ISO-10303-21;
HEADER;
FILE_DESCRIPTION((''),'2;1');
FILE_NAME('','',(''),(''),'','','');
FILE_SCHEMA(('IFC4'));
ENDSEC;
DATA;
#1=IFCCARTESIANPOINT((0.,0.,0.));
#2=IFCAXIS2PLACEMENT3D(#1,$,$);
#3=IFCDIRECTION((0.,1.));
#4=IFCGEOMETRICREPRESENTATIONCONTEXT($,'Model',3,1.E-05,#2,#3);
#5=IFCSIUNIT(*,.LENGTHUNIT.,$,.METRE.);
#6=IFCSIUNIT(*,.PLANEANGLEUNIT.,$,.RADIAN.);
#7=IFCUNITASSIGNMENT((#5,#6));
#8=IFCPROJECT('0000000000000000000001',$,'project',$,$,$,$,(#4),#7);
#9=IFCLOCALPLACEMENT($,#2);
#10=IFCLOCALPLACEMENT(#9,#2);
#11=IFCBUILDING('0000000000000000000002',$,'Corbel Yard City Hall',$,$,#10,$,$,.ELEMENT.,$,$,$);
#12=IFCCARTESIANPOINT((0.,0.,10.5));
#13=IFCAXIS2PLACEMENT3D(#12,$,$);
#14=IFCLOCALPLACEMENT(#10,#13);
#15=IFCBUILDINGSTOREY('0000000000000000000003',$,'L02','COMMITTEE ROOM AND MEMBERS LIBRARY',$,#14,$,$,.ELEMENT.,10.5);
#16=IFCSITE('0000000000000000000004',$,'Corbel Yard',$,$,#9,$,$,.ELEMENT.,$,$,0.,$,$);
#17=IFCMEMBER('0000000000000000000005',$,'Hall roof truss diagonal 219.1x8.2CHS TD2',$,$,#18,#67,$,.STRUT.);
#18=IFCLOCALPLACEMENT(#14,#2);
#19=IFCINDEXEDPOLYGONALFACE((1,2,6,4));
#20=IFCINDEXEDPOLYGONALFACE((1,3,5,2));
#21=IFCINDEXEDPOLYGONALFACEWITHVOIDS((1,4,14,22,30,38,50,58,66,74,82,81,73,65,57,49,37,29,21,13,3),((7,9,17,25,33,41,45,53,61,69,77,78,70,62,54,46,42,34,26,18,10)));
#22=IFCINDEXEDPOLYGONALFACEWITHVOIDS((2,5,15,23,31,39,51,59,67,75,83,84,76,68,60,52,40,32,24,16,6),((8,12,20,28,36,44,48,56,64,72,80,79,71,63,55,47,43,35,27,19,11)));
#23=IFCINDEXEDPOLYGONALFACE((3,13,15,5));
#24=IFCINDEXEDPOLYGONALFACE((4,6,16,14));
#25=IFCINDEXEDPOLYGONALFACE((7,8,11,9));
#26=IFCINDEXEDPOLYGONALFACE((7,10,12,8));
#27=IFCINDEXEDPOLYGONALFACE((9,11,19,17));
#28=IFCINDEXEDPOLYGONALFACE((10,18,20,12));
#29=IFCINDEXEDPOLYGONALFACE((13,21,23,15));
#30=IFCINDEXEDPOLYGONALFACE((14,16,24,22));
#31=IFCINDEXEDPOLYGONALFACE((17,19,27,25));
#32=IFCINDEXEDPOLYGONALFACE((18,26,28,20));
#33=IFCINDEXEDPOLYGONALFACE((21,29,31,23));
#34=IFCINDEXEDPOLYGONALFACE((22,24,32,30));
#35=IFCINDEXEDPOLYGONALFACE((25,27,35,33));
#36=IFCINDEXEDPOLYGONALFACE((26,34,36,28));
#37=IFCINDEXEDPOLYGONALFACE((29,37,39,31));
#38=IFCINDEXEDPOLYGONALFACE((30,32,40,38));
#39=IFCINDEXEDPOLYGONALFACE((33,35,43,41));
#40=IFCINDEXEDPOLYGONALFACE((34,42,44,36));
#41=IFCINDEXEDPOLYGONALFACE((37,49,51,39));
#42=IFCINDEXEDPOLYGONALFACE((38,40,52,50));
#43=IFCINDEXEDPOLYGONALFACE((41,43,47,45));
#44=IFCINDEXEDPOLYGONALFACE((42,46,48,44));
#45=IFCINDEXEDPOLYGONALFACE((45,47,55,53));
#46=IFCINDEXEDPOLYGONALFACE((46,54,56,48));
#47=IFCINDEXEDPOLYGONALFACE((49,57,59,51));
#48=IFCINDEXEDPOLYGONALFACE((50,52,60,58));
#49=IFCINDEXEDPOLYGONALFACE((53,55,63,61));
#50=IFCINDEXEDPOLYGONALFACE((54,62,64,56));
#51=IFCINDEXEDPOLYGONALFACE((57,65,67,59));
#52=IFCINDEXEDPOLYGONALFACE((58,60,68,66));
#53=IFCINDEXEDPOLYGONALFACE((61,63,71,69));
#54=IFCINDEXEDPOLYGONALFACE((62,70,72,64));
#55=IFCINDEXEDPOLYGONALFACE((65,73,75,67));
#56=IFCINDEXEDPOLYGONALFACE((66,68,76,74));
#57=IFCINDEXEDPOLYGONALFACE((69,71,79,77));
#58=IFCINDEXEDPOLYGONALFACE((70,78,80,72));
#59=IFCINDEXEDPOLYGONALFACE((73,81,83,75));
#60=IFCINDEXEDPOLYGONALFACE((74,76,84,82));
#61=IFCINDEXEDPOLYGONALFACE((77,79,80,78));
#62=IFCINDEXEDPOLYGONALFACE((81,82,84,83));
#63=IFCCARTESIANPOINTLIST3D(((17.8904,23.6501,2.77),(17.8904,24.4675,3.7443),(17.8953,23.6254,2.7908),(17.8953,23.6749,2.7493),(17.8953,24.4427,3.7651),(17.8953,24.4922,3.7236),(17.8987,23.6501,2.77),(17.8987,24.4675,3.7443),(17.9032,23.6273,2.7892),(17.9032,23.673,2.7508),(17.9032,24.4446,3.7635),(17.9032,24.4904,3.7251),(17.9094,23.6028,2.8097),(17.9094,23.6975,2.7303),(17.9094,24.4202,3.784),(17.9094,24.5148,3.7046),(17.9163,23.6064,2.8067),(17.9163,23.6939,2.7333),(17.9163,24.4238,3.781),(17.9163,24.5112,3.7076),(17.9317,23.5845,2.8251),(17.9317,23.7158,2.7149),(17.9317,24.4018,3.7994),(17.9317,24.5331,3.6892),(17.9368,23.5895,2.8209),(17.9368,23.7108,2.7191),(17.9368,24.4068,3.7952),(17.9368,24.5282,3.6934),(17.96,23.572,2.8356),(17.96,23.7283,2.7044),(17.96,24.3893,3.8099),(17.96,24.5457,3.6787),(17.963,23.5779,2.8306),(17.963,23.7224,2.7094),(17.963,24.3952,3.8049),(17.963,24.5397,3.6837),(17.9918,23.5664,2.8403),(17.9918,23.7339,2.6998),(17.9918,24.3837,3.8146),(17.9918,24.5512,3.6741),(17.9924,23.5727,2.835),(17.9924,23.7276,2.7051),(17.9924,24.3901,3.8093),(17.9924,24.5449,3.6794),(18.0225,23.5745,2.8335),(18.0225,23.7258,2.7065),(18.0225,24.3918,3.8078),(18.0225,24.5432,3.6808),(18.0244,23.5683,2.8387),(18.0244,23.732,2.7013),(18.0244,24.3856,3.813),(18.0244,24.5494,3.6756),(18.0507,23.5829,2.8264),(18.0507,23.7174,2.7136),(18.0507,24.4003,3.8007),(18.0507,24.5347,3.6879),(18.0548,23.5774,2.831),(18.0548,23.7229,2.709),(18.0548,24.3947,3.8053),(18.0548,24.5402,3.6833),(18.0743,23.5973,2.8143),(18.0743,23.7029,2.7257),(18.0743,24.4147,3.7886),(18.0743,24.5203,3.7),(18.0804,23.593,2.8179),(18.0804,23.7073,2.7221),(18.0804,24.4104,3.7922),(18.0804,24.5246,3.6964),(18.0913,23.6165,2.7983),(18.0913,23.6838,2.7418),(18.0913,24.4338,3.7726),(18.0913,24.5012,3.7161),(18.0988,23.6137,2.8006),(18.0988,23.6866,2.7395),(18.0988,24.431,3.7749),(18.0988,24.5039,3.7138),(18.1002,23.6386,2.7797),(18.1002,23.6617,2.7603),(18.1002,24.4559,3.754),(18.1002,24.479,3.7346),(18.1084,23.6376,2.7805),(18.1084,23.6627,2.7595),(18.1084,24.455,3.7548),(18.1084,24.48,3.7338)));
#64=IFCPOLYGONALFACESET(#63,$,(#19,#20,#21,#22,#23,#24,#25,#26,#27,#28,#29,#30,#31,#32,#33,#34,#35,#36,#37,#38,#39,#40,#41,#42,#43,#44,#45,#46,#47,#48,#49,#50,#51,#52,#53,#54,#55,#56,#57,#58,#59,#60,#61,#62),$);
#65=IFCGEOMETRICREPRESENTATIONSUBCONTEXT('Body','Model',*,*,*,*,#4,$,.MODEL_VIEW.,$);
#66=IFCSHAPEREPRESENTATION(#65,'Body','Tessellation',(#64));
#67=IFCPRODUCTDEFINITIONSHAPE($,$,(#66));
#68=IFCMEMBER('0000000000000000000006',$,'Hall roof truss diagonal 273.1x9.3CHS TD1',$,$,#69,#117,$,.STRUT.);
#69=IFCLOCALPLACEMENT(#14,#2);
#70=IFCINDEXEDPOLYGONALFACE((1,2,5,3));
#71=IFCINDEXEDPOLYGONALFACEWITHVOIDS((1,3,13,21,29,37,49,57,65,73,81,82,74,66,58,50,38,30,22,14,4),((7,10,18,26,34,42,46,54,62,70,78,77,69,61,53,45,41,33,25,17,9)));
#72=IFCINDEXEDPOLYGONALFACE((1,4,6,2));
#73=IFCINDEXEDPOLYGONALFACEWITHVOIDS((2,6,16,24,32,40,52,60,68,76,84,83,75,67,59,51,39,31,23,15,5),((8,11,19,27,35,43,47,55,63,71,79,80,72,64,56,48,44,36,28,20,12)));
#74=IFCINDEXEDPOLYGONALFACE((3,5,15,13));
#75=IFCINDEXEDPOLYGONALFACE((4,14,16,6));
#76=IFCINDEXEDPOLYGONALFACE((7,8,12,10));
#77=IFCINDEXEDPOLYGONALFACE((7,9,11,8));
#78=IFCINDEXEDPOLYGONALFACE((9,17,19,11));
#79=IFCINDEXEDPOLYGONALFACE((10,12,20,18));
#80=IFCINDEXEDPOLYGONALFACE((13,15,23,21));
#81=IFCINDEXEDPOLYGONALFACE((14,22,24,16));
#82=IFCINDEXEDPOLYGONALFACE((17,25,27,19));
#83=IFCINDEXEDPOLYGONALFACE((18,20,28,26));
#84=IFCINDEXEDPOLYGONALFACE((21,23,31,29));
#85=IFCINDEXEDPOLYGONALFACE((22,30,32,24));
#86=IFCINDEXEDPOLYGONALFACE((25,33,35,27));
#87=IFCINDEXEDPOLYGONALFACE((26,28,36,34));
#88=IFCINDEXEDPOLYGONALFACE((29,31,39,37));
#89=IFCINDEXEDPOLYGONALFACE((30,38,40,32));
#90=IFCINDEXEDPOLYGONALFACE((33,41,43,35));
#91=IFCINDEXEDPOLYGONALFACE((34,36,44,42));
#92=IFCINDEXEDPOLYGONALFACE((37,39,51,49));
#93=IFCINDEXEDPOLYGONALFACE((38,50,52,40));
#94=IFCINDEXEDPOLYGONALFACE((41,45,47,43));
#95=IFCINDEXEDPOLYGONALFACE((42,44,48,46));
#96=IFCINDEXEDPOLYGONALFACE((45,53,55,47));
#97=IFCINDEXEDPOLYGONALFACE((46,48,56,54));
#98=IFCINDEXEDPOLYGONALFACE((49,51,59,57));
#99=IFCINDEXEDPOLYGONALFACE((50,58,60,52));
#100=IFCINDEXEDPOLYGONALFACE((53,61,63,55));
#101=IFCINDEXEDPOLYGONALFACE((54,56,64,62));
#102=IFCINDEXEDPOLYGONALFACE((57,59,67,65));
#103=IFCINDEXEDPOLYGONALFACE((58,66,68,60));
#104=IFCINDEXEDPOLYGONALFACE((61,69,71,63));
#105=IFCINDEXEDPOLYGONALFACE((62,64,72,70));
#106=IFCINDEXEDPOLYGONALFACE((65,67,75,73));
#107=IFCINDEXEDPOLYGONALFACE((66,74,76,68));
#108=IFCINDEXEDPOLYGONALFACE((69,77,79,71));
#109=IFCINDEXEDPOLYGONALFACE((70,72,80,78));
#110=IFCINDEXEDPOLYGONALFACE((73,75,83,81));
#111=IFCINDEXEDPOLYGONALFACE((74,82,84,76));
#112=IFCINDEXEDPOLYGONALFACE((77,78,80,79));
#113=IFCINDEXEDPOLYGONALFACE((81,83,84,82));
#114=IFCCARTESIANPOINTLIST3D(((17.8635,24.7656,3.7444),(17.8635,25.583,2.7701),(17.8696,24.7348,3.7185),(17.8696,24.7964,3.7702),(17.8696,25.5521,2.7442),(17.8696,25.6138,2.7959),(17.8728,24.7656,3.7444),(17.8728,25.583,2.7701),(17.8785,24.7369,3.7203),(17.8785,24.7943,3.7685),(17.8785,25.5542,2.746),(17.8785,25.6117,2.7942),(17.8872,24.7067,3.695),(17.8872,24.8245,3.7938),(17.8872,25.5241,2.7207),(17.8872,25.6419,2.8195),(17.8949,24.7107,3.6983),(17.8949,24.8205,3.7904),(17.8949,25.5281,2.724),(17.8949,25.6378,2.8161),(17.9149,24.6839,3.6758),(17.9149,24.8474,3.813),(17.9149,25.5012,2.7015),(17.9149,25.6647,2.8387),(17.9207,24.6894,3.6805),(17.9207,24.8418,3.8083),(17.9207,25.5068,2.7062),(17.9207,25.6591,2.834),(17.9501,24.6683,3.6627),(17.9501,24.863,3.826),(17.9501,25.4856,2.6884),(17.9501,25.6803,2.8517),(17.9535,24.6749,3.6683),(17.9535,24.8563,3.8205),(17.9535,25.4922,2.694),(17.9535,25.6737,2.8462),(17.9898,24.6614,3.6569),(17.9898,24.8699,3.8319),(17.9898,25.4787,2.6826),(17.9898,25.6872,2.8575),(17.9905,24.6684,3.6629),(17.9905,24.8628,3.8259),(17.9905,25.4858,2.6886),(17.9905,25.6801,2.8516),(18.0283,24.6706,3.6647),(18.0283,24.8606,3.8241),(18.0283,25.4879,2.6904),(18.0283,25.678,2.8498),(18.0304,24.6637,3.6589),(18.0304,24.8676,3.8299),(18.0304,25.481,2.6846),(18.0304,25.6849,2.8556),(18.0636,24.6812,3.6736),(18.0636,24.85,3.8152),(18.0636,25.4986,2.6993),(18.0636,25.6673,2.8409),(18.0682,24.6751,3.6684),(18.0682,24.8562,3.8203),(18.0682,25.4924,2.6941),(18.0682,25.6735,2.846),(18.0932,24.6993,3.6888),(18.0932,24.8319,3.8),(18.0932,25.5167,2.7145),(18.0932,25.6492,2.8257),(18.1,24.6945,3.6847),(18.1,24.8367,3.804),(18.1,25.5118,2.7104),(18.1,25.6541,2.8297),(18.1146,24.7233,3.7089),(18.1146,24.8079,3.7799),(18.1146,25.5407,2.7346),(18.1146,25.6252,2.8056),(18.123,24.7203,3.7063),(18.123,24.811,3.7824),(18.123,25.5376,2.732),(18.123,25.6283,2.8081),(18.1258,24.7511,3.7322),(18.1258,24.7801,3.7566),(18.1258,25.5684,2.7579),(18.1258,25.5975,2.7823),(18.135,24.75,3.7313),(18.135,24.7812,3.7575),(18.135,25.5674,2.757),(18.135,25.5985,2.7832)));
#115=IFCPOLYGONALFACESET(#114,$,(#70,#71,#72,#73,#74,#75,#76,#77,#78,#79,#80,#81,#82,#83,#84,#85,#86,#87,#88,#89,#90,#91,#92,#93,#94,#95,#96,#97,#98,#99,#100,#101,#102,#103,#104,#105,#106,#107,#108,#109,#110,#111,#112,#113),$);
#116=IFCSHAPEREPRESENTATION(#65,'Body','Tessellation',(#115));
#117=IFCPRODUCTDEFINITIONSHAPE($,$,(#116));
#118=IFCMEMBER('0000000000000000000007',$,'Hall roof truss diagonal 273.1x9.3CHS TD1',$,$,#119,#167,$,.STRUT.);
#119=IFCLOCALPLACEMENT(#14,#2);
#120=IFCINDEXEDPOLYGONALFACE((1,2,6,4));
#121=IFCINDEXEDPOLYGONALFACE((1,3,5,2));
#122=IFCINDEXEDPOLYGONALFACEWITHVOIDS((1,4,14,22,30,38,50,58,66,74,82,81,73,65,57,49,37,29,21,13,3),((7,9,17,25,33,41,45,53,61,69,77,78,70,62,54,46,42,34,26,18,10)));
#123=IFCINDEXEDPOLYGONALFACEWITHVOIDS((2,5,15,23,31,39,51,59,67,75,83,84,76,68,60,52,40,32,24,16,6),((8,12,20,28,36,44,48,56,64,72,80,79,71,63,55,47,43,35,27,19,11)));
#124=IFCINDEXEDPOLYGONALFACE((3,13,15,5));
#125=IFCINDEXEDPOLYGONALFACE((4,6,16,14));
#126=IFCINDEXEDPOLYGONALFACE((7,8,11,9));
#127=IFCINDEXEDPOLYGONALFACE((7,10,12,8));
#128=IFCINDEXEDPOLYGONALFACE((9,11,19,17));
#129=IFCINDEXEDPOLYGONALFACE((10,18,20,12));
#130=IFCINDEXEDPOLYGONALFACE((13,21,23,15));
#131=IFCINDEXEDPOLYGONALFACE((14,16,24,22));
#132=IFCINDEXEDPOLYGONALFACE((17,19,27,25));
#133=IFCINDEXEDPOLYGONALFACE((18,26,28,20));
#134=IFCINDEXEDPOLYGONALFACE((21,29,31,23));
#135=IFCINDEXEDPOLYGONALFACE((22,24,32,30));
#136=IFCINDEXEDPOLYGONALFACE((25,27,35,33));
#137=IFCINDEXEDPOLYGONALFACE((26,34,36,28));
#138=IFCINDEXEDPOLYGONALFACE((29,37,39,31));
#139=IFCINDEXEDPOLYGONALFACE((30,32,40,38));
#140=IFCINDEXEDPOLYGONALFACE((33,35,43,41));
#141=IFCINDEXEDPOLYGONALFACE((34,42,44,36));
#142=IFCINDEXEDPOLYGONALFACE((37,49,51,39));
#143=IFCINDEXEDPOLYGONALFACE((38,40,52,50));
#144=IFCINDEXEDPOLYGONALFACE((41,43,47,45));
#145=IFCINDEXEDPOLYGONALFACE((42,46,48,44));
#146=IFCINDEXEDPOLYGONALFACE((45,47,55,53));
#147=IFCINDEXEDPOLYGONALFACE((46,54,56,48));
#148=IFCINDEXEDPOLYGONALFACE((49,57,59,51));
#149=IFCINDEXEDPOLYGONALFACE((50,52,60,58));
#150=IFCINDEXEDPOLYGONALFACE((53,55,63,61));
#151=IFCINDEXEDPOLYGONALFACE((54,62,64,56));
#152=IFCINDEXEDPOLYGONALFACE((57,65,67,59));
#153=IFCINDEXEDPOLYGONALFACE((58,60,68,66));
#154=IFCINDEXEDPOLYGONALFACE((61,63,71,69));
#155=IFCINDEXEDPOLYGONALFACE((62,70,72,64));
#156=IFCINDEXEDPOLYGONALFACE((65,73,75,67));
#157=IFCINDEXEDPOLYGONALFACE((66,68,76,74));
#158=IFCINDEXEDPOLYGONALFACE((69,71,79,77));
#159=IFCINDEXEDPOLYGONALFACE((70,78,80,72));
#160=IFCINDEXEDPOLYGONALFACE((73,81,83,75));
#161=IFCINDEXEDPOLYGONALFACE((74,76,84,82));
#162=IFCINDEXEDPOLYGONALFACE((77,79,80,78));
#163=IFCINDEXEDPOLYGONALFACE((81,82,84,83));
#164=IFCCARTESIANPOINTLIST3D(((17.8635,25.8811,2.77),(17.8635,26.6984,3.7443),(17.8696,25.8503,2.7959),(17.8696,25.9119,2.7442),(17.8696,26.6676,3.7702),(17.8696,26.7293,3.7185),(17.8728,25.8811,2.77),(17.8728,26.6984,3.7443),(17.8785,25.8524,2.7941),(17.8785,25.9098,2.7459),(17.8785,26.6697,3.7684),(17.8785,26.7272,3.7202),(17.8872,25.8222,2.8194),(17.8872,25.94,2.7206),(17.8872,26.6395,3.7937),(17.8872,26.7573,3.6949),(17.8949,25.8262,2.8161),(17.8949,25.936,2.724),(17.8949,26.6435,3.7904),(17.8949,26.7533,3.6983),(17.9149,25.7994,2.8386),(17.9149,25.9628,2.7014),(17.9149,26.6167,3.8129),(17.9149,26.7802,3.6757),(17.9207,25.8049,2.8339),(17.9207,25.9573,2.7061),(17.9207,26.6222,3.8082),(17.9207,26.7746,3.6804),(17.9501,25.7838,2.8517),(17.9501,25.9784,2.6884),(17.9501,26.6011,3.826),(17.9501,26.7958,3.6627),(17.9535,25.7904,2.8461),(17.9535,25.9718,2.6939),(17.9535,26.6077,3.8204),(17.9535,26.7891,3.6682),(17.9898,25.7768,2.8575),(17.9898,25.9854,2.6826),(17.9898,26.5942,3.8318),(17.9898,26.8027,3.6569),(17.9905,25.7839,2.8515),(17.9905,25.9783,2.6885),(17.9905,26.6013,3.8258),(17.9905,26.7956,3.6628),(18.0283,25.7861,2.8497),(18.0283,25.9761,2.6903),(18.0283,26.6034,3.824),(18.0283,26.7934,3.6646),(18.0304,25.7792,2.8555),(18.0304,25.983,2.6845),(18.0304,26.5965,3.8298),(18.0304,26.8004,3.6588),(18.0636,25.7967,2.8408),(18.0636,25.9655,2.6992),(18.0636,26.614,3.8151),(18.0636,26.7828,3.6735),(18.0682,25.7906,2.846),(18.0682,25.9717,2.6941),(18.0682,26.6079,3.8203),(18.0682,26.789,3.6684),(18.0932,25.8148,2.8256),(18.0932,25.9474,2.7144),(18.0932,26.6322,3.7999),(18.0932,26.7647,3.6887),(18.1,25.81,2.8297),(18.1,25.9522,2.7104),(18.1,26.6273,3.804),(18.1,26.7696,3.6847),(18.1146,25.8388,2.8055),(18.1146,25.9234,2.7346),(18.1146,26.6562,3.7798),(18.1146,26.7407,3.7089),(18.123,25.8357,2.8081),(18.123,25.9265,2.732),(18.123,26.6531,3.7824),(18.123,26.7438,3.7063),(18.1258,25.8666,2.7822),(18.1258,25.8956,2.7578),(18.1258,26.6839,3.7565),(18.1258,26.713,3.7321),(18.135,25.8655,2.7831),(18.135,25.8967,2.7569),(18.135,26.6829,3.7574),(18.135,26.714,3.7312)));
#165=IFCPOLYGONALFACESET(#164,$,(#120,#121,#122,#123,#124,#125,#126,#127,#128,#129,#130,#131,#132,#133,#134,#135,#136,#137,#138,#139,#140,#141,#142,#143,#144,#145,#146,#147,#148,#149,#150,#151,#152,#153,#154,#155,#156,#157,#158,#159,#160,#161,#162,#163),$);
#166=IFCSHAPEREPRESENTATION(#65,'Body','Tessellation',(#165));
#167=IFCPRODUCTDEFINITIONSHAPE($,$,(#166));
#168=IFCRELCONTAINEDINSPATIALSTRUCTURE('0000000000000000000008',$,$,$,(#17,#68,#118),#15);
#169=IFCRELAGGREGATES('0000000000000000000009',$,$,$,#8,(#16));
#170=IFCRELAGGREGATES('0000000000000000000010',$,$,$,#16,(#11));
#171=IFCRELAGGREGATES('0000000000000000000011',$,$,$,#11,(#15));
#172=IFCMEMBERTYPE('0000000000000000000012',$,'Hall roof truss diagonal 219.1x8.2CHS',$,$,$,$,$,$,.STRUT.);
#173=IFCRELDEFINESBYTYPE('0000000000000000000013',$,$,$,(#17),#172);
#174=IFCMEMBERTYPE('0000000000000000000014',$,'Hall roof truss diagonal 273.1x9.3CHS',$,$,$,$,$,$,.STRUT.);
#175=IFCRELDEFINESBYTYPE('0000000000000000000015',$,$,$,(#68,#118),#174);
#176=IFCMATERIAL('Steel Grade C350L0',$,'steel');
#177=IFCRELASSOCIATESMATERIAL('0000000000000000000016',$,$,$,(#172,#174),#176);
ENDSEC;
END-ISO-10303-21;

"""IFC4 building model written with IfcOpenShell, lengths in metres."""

from ifc_helpers import new_model, si_unit, direction, frame, origin, origin_2d, place, context, subcontext, project, spatial, hollow_circle, extrude, material, material_profile, profile_set, type_object, element, save


model = new_model("IFC4")

# Units and contexts
model_context = context("Model", 3, precision=1e-05, world=origin(), true_north=direction((0.0, 1.0)))
body_context = subcontext(model_context, "Body", "Model", "MODEL_VIEW")
ifc_project = project(units=[si_unit("LENGTHUNIT", "METRE"), si_unit("PLANEANGLEUNIT", "RADIAN")], contexts=[model_context])

# Site, building, storey
site_placement = place(None, origin())
site = spatial("IfcSite", under=ifc_project, at=site_placement, Name="Corbel Yard", CompositionType="ELEMENT", RefElevation=0.0)
building_placement = place(site_placement, origin())
building = spatial("IfcBuilding", under=site, at=building_placement, Name="Corbel Yard City Hall", CompositionType="ELEMENT")
storey_placement = place(building_placement, frame((0.0, 0.0, 10.5)))
storey = spatial("IfcBuildingStorey", under=building, at=storey_placement, Name="L02", Description="COMMITTEE ROOM AND MEMBERS LIBRARY", CompositionType="ELEMENT", Elevation=10.5)

# Members
ifc_material_1 = material(Name="Steel Grade C350L0", Category="steel")
ifc_material_profile_1 = material_profile(ifc_material_1, hollow_circle(Radius=0.1096, WallThickness=0.0083, at=origin_2d()), Name="219.1x8.2CHS")
ifc_profile_set_1 = profile_set([ifc_material_profile_1], Name="Steel Grade C350L0")
member_type_1 = type_object("IfcMemberType", Name="Hall roof truss diagonal 219.1x8.2CHS", PredefinedType="STRUT", material=ifc_profile_set_1)
for number, where, z_axis, x_axis, name in (
    (1, (18.0, 23.6501, 2.77), (0.0, 0.642692, 0.766124), (-1.0, 0.0, 0.0), "Hall roof truss diagonal 219.1x8.2CHS TD2"),
):
    element("IfcMember", number, at=place(storey_placement, frame(where, z_axis=z_axis, x_axis=x_axis)), inside=storey, type_object=member_type_1, Name=name, PredefinedType="STRUT", context=body_context, shape_type="SweptSolid", body=[
        extrude(hollow_circle(Radius=0.1096, WallThickness=0.0083, at=origin_2d()), origin(), (0.0, 0.0, 1.0), 1.2717),
    ])
ifc_material_profile_2 = material_profile(ifc_material_1, hollow_circle(Radius=0.1365, WallThickness=0.0093, at=origin_2d()), Name="273.1x9.3CHS")
ifc_profile_set_2 = profile_set([ifc_material_profile_2], Name="Steel Grade C350L0")
member_type_2 = type_object("IfcMemberType", Name="Hall roof truss diagonal 273.1x9.3CHS", PredefinedType="STRUT", material=ifc_profile_set_2)
for number, where, z_axis, x_axis, name in (
    (2, (18.0, 24.7656, 3.7444), (0.0, 0.642692, -0.766124), (-1.0, 0.0, 0.0), "Hall roof truss diagonal 273.1x9.3CHS TD1"),
    (3, (18.0, 25.8811, 2.77), (0.0, 0.642692, 0.766124), (-1.0, 0.0, 0.0), "Hall roof truss diagonal 273.1x9.3CHS TD1"),
):
    element("IfcMember", number, at=place(storey_placement, frame(where, z_axis=z_axis, x_axis=x_axis)), inside=storey, type_object=member_type_2, Name=name, PredefinedType="STRUT", context=body_context, shape_type="SweptSolid", body=[
        extrude(hollow_circle(Radius=0.1365, WallThickness=0.0093, at=origin_2d()), origin(), (0.0, 0.0, 1.0), 1.2717),
    ])

save(model, "model.ifc")
